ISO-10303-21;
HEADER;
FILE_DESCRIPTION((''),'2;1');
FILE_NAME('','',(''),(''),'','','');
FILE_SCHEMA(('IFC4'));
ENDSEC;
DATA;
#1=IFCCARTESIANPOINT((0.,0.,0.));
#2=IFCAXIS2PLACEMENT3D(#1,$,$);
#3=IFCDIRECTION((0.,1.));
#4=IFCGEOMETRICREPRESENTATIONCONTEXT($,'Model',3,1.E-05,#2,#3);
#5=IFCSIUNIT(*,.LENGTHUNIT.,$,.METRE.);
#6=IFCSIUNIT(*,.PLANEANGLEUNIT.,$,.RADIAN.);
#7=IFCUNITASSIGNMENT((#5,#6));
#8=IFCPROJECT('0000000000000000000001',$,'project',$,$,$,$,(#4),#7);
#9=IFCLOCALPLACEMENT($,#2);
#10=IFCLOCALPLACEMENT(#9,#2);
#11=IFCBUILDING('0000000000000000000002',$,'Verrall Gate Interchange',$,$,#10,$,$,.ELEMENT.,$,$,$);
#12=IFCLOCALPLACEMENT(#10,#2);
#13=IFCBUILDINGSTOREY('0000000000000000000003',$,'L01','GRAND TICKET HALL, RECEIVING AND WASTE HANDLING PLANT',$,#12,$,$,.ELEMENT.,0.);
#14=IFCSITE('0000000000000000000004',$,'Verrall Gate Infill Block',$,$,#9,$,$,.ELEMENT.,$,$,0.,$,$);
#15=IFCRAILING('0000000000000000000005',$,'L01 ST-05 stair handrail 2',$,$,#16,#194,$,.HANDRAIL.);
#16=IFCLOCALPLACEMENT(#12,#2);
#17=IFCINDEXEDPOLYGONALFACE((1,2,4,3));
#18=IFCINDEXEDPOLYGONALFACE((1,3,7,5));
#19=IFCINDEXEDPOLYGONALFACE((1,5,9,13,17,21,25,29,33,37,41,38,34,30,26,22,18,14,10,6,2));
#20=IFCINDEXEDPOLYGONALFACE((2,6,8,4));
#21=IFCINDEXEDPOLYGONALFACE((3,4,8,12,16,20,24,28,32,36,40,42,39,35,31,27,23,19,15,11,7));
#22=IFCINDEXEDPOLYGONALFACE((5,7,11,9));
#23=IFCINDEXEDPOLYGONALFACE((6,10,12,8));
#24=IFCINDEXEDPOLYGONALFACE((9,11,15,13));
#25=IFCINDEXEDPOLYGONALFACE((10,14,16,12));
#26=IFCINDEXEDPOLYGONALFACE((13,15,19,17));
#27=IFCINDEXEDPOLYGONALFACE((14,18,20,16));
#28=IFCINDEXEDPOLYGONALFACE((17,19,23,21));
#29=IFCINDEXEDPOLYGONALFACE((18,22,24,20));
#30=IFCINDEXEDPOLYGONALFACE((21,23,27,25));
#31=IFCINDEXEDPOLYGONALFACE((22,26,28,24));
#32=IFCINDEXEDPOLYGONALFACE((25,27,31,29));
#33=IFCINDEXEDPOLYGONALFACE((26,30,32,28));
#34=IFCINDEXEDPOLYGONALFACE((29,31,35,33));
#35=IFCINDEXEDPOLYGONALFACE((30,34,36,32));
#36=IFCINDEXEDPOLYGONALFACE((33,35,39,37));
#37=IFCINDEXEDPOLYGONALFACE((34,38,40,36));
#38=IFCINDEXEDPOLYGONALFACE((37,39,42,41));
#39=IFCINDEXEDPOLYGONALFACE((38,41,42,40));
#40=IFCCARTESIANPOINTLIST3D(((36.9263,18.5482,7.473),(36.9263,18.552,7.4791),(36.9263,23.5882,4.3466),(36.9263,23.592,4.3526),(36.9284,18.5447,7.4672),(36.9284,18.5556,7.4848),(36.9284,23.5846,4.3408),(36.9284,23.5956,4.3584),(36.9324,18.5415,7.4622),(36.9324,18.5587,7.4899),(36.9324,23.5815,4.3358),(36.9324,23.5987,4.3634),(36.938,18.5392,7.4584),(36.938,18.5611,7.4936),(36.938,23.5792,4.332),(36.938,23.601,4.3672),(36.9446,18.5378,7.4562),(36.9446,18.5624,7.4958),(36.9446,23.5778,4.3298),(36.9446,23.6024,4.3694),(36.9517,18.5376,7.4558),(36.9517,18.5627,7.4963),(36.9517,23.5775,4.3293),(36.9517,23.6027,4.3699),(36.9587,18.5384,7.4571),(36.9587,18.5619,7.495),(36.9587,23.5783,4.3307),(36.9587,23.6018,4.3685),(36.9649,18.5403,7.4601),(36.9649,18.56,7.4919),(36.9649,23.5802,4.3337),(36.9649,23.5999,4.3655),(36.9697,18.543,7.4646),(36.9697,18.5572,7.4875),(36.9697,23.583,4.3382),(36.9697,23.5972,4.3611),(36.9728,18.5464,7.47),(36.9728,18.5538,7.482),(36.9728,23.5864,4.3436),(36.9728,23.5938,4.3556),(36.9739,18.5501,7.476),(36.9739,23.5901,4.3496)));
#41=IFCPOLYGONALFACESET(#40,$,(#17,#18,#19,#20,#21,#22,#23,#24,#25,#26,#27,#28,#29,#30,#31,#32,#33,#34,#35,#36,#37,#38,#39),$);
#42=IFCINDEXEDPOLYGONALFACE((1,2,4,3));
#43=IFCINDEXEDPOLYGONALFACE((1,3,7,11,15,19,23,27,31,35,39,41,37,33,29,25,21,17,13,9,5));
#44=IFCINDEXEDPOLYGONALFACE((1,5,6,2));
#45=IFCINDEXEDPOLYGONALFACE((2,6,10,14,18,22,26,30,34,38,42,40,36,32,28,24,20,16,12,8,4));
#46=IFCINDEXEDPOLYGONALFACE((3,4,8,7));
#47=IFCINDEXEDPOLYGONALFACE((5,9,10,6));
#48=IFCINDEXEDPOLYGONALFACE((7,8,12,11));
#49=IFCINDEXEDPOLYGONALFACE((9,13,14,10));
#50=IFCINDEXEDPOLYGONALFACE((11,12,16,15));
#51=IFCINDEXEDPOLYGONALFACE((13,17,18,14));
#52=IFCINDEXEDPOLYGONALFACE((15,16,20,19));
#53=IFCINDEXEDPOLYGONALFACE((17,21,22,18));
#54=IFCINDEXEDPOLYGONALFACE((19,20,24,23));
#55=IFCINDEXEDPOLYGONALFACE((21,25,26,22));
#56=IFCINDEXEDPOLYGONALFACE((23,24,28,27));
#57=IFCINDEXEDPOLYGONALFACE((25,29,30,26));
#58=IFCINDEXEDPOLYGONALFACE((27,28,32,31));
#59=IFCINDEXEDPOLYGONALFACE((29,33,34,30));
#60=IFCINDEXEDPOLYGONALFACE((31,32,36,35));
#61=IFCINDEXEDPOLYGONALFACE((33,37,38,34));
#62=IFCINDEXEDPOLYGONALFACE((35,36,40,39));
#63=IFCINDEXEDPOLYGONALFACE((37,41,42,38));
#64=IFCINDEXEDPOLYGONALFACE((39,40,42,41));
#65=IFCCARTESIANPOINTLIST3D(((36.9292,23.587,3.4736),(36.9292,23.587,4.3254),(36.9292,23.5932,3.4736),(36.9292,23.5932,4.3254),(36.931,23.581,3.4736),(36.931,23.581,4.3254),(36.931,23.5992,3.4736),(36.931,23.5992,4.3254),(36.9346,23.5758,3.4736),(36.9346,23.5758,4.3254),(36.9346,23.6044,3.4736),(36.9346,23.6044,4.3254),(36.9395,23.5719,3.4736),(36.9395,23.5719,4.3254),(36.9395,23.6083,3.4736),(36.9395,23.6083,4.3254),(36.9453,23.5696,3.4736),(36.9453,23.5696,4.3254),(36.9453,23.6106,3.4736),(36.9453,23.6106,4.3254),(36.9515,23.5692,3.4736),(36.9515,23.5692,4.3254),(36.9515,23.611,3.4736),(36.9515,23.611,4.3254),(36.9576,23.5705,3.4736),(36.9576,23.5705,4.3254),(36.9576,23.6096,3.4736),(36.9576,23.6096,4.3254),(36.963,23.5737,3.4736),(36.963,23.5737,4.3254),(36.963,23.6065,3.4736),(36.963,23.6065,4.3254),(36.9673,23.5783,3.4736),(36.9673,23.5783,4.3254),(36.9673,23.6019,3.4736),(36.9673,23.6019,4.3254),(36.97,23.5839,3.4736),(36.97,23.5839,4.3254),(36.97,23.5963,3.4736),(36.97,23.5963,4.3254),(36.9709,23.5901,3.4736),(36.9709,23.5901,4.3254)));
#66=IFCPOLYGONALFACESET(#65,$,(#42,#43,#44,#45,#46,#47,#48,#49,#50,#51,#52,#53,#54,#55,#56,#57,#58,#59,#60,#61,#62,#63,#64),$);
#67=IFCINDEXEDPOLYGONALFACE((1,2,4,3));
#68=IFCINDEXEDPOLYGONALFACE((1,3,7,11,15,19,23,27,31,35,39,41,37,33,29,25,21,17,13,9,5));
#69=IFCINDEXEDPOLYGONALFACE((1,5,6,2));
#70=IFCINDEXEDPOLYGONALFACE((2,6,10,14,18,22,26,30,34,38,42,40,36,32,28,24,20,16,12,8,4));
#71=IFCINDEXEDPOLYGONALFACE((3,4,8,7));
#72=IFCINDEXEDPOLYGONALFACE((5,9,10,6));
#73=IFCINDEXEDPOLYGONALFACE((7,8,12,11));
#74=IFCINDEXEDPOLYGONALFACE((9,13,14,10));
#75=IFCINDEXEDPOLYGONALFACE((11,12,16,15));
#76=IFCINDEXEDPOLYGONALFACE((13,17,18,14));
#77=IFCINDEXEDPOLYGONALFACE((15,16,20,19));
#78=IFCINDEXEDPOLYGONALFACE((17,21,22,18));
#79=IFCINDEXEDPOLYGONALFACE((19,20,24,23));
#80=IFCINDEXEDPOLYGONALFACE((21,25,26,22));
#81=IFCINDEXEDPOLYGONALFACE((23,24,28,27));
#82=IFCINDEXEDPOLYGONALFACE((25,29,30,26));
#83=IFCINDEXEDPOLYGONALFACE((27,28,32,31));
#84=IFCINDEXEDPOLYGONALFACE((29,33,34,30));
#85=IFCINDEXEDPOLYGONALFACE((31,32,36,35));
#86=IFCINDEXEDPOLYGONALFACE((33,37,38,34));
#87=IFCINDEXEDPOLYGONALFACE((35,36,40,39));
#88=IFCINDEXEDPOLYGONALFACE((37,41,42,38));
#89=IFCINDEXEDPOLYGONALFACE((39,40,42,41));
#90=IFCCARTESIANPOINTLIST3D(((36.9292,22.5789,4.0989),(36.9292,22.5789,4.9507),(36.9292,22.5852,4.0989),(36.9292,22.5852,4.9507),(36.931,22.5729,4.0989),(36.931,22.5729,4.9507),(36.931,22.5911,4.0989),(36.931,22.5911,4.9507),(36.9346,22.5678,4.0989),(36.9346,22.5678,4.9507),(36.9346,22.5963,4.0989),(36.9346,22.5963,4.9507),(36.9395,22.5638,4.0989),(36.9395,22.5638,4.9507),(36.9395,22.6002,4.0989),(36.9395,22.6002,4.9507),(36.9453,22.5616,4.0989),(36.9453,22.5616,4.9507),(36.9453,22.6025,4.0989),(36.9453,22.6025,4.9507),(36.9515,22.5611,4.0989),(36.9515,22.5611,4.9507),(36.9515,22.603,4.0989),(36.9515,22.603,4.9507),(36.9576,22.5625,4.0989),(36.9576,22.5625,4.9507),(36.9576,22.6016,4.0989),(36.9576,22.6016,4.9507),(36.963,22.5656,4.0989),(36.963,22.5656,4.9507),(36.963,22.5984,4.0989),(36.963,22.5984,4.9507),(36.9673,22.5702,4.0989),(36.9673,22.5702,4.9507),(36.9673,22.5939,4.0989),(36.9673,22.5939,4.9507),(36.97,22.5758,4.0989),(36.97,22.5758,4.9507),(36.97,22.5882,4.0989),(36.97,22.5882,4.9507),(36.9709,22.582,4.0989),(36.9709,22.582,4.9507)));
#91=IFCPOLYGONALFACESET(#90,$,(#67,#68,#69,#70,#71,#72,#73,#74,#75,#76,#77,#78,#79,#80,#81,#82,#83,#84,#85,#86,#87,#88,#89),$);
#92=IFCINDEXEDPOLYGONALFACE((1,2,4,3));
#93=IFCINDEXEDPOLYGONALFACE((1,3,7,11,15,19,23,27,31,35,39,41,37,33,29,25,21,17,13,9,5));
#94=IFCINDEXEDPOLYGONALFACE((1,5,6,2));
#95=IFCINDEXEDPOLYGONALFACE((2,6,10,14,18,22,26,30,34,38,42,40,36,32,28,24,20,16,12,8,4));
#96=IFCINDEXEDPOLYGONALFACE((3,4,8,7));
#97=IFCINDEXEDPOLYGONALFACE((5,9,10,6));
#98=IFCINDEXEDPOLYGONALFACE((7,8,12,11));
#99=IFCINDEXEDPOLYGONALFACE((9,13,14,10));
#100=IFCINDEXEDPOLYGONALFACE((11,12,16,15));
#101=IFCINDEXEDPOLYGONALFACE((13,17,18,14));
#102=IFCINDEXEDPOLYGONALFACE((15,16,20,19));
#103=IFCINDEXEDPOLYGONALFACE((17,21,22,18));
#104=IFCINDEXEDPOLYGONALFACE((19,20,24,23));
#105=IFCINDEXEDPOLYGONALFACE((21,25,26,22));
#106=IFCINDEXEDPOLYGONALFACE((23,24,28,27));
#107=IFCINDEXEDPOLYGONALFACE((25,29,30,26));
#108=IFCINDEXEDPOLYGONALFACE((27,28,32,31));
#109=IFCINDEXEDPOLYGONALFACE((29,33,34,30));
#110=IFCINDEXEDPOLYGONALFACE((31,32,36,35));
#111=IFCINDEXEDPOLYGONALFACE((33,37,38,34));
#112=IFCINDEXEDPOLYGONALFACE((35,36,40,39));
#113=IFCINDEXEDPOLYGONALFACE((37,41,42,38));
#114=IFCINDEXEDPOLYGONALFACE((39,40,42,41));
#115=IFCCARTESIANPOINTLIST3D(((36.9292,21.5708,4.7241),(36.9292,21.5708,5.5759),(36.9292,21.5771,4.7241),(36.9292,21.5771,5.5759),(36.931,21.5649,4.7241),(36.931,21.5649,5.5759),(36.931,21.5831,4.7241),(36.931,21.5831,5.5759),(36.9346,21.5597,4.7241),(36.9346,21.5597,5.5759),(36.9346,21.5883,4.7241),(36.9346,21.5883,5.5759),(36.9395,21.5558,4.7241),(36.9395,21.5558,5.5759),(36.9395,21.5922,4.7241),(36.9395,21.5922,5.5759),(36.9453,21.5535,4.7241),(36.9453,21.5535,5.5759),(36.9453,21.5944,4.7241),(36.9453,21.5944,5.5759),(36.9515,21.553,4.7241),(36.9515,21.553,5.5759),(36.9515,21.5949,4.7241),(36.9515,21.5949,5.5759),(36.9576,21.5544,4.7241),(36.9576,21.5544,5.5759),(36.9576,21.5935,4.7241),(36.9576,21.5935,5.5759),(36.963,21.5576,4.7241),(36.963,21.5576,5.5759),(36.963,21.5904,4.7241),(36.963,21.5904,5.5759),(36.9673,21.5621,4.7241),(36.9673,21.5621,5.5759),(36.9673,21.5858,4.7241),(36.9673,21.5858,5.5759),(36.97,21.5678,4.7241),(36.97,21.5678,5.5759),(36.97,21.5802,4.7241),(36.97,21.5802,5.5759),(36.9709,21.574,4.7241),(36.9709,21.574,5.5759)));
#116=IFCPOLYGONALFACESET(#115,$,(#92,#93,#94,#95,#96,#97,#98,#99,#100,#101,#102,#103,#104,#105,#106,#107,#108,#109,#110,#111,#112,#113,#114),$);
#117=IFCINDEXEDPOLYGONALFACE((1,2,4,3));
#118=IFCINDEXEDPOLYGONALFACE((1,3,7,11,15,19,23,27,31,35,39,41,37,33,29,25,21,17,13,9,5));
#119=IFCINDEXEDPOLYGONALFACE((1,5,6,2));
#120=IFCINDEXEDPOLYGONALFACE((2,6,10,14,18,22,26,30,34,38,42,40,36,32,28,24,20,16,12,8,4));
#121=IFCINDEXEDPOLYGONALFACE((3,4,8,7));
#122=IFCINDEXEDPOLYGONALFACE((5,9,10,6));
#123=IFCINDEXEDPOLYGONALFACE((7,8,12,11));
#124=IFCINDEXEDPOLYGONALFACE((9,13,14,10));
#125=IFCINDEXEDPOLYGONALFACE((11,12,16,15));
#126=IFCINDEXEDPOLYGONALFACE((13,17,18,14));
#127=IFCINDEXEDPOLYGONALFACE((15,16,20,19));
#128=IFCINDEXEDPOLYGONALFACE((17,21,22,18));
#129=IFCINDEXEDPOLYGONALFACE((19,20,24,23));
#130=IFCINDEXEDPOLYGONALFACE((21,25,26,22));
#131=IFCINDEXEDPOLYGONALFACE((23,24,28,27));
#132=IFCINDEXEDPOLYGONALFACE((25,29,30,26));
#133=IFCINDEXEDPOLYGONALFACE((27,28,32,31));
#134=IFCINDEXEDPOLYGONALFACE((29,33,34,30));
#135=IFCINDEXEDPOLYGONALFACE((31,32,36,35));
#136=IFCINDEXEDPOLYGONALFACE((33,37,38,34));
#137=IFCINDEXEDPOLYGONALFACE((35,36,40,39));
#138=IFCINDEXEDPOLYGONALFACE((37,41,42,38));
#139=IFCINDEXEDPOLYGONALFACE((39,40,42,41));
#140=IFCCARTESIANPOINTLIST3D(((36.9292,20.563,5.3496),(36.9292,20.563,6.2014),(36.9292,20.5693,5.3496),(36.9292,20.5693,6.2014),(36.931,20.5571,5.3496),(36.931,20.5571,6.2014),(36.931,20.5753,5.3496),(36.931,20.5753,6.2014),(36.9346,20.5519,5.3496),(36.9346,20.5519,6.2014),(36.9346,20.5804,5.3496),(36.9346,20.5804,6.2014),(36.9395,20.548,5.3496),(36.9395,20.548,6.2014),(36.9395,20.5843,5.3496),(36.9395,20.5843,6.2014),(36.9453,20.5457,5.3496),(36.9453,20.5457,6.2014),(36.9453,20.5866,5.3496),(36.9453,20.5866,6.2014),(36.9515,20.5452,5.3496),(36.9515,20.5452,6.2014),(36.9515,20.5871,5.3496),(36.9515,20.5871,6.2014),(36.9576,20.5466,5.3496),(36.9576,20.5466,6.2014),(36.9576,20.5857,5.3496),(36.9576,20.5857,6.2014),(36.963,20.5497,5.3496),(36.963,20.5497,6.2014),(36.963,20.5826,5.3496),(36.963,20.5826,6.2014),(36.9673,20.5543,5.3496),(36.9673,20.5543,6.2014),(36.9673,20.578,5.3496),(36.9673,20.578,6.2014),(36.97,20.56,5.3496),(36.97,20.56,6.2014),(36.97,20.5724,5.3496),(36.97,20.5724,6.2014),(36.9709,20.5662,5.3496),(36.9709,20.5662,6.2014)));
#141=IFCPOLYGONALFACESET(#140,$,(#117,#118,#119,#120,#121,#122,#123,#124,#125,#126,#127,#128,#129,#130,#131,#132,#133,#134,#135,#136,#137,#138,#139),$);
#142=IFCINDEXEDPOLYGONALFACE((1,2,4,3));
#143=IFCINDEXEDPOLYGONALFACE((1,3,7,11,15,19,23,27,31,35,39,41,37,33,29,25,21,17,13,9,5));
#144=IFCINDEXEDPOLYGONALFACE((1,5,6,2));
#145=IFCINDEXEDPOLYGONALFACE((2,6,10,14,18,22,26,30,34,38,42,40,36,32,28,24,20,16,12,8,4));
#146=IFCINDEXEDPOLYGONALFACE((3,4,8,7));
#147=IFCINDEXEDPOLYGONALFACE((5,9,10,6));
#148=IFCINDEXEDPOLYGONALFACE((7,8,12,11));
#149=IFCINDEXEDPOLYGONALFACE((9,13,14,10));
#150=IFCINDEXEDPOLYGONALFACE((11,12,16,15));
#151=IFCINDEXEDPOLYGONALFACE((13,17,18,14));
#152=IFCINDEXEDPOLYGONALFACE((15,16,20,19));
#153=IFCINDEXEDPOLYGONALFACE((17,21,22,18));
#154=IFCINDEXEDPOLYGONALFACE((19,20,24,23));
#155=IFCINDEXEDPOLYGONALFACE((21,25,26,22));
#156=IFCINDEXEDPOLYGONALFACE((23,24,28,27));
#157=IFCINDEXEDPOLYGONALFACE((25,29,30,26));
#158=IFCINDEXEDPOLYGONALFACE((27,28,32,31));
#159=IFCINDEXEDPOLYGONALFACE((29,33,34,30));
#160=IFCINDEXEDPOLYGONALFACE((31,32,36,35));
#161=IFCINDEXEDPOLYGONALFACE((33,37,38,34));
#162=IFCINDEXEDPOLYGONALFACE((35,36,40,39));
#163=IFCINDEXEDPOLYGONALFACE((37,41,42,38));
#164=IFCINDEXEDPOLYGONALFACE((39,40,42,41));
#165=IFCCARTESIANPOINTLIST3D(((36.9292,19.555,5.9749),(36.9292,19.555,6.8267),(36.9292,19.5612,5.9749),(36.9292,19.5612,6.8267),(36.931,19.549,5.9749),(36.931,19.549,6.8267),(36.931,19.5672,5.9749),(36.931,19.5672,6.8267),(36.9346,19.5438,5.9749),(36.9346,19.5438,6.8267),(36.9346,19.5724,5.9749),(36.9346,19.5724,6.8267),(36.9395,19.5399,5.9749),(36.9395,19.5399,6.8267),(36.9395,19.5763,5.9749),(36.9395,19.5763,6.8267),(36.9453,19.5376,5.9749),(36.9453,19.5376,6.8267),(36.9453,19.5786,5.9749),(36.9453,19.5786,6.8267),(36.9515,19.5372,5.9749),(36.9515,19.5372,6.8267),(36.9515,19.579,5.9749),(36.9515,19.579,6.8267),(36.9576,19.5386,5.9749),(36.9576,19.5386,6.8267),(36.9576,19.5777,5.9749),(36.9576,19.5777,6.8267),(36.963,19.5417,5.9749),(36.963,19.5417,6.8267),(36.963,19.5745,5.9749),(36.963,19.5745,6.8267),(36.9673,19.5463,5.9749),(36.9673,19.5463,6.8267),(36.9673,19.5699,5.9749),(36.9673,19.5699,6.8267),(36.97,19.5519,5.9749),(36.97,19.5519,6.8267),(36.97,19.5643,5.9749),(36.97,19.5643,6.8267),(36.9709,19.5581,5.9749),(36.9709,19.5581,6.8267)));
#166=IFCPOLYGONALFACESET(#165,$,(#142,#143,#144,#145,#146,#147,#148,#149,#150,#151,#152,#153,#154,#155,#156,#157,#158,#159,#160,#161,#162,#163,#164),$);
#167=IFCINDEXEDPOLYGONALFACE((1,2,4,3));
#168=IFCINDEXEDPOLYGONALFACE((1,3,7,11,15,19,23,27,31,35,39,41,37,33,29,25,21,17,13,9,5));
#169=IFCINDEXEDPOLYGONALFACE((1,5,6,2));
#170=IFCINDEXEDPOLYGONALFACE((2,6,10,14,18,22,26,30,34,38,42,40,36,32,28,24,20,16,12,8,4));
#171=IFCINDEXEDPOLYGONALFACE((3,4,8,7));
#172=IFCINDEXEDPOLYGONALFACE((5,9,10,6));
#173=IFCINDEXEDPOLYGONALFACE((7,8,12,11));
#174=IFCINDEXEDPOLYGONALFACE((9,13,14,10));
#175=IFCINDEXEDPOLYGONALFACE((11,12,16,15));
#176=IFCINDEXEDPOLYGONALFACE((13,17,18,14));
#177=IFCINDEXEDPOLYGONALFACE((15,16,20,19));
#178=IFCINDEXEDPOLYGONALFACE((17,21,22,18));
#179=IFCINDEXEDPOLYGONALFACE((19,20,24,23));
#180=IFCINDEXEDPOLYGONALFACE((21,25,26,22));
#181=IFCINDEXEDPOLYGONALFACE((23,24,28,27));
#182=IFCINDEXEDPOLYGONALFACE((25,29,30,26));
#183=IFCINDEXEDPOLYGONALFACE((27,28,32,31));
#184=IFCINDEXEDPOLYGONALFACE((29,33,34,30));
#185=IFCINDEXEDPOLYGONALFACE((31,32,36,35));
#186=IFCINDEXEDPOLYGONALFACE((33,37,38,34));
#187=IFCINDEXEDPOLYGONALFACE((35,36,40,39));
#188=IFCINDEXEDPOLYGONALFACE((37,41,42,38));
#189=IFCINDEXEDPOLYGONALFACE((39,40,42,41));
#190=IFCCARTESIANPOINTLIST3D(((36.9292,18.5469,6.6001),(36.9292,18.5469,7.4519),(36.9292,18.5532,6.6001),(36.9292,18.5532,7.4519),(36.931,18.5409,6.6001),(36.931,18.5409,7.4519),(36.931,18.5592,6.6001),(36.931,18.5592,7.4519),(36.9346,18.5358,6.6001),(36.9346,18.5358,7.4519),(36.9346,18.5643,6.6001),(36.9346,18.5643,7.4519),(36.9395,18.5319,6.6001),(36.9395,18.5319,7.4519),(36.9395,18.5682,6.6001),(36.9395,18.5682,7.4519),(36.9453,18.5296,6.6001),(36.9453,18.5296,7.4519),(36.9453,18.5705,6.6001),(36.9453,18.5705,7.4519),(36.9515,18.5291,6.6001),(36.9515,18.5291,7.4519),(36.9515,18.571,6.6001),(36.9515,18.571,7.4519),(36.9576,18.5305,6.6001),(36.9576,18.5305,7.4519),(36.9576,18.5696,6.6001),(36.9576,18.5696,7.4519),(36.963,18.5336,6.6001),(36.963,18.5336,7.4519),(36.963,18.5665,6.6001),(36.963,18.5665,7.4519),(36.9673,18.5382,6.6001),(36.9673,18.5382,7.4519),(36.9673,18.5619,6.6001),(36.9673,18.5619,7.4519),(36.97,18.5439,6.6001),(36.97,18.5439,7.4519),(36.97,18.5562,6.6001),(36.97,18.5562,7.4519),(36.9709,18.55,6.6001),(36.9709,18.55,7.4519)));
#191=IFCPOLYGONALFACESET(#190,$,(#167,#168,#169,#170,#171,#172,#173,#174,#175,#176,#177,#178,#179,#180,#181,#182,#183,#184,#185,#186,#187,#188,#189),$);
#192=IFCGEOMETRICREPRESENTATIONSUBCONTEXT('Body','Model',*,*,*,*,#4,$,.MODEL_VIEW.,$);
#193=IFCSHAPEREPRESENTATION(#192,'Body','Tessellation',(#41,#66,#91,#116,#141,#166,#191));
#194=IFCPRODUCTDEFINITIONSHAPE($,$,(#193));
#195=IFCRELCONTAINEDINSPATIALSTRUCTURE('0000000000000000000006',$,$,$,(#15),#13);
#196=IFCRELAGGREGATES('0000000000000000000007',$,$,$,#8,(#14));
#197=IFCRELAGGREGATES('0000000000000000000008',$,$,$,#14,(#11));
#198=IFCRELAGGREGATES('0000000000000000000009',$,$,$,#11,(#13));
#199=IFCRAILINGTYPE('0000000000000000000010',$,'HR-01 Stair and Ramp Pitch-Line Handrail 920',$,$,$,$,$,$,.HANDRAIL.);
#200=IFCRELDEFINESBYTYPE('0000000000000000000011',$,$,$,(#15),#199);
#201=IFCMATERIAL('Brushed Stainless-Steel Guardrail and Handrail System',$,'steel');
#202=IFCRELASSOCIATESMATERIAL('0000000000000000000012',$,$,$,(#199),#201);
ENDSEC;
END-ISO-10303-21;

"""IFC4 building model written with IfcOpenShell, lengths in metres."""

from ifc_helpers import new_model, si_unit, direction, frame, origin, origin_2d, place, context, subcontext, project, spatial, circle, extrude, material, type_object, element, save


model = new_model("IFC4")

# Units and contexts
model_context = context("Model", 3, precision=1e-05, world=origin(), true_north=direction((0.0, 1.0)))
body_context = subcontext(model_context, "Body", "Model", "MODEL_VIEW")
ifc_project = project(units=[si_unit("LENGTHUNIT", "METRE"), si_unit("PLANEANGLEUNIT", "RADIAN")], contexts=[model_context])

# Site, building, storey
site_placement = place(None, origin())
site = spatial("IfcSite", under=ifc_project, at=site_placement, Name="Verrall Gate Infill Block", CompositionType="ELEMENT", RefElevation=0.0)
building_placement = place(site_placement, origin())
building = spatial("IfcBuilding", under=site, at=building_placement, Name="Verrall Gate Interchange", CompositionType="ELEMENT")
storey_placement = place(building_placement, origin())
storey = spatial("IfcBuildingStorey", under=building, at=storey_placement, Name="L01", Description="GRAND TICKET HALL, RECEIVING AND WASTE HANDLING PLANT", CompositionType="ELEMENT", Elevation=0.0)

# Railing
ifc_material_1 = material(Name="Brushed Stainless-Steel Guardrail and Handrail System", Category="steel")
railing_type_1 = type_object("IfcRailingType", Name="HR-01 Stair and Ramp Pitch-Line Handrail 920", PredefinedType="HANDRAIL", material=ifc_material_1)
railing_1_placement = place(storey_placement, frame((36.95, 23.5901, 3.4736)))
element("IfcRailing", 1, at=railing_1_placement, inside=storey, type_object=railing_type_1, Name="L01 ST-05 stair handrail 2", PredefinedType="HANDRAIL", context=body_context, shape_type="SweptSolid", body=[
    extrude(circle(Radius=0.0239, at=origin_2d()), frame((0.0, 0.0, 0.876), z_axis=(0.0, -0.849779, 0.527139), x_axis=(1.0, 0.0, 0.0)), (0.0, 0.0, 1.0), 5.9309),
    extrude(circle(Radius=0.021, at=origin_2d()), origin(), (0.0, 0.0, 1.0), 0.8518),
    extrude(circle(Radius=0.021, at=origin_2d()), frame((0.0, -1.0081, 0.6252)), (0.0, 0.0, 1.0), 0.8518),
    extrude(circle(Radius=0.021, at=origin_2d()), frame((0.0, -2.0161, 1.2505)), (0.0, 0.0, 1.0), 0.8518),
    extrude(circle(Radius=0.021, at=origin_2d()), frame((0.0, -3.0239, 1.876)), (0.0, 0.0, 1.0), 0.8518),
    extrude(circle(Radius=0.021, at=origin_2d()), frame((0.0, -4.032, 2.5012)), (0.0, 0.0, 1.0), 0.8518),
    extrude(circle(Radius=0.021, at=origin_2d()), frame((0.0, -5.04, 3.1265)), (0.0, 0.0, 1.0), 0.8518),
])

save(model, "model.ifc")
